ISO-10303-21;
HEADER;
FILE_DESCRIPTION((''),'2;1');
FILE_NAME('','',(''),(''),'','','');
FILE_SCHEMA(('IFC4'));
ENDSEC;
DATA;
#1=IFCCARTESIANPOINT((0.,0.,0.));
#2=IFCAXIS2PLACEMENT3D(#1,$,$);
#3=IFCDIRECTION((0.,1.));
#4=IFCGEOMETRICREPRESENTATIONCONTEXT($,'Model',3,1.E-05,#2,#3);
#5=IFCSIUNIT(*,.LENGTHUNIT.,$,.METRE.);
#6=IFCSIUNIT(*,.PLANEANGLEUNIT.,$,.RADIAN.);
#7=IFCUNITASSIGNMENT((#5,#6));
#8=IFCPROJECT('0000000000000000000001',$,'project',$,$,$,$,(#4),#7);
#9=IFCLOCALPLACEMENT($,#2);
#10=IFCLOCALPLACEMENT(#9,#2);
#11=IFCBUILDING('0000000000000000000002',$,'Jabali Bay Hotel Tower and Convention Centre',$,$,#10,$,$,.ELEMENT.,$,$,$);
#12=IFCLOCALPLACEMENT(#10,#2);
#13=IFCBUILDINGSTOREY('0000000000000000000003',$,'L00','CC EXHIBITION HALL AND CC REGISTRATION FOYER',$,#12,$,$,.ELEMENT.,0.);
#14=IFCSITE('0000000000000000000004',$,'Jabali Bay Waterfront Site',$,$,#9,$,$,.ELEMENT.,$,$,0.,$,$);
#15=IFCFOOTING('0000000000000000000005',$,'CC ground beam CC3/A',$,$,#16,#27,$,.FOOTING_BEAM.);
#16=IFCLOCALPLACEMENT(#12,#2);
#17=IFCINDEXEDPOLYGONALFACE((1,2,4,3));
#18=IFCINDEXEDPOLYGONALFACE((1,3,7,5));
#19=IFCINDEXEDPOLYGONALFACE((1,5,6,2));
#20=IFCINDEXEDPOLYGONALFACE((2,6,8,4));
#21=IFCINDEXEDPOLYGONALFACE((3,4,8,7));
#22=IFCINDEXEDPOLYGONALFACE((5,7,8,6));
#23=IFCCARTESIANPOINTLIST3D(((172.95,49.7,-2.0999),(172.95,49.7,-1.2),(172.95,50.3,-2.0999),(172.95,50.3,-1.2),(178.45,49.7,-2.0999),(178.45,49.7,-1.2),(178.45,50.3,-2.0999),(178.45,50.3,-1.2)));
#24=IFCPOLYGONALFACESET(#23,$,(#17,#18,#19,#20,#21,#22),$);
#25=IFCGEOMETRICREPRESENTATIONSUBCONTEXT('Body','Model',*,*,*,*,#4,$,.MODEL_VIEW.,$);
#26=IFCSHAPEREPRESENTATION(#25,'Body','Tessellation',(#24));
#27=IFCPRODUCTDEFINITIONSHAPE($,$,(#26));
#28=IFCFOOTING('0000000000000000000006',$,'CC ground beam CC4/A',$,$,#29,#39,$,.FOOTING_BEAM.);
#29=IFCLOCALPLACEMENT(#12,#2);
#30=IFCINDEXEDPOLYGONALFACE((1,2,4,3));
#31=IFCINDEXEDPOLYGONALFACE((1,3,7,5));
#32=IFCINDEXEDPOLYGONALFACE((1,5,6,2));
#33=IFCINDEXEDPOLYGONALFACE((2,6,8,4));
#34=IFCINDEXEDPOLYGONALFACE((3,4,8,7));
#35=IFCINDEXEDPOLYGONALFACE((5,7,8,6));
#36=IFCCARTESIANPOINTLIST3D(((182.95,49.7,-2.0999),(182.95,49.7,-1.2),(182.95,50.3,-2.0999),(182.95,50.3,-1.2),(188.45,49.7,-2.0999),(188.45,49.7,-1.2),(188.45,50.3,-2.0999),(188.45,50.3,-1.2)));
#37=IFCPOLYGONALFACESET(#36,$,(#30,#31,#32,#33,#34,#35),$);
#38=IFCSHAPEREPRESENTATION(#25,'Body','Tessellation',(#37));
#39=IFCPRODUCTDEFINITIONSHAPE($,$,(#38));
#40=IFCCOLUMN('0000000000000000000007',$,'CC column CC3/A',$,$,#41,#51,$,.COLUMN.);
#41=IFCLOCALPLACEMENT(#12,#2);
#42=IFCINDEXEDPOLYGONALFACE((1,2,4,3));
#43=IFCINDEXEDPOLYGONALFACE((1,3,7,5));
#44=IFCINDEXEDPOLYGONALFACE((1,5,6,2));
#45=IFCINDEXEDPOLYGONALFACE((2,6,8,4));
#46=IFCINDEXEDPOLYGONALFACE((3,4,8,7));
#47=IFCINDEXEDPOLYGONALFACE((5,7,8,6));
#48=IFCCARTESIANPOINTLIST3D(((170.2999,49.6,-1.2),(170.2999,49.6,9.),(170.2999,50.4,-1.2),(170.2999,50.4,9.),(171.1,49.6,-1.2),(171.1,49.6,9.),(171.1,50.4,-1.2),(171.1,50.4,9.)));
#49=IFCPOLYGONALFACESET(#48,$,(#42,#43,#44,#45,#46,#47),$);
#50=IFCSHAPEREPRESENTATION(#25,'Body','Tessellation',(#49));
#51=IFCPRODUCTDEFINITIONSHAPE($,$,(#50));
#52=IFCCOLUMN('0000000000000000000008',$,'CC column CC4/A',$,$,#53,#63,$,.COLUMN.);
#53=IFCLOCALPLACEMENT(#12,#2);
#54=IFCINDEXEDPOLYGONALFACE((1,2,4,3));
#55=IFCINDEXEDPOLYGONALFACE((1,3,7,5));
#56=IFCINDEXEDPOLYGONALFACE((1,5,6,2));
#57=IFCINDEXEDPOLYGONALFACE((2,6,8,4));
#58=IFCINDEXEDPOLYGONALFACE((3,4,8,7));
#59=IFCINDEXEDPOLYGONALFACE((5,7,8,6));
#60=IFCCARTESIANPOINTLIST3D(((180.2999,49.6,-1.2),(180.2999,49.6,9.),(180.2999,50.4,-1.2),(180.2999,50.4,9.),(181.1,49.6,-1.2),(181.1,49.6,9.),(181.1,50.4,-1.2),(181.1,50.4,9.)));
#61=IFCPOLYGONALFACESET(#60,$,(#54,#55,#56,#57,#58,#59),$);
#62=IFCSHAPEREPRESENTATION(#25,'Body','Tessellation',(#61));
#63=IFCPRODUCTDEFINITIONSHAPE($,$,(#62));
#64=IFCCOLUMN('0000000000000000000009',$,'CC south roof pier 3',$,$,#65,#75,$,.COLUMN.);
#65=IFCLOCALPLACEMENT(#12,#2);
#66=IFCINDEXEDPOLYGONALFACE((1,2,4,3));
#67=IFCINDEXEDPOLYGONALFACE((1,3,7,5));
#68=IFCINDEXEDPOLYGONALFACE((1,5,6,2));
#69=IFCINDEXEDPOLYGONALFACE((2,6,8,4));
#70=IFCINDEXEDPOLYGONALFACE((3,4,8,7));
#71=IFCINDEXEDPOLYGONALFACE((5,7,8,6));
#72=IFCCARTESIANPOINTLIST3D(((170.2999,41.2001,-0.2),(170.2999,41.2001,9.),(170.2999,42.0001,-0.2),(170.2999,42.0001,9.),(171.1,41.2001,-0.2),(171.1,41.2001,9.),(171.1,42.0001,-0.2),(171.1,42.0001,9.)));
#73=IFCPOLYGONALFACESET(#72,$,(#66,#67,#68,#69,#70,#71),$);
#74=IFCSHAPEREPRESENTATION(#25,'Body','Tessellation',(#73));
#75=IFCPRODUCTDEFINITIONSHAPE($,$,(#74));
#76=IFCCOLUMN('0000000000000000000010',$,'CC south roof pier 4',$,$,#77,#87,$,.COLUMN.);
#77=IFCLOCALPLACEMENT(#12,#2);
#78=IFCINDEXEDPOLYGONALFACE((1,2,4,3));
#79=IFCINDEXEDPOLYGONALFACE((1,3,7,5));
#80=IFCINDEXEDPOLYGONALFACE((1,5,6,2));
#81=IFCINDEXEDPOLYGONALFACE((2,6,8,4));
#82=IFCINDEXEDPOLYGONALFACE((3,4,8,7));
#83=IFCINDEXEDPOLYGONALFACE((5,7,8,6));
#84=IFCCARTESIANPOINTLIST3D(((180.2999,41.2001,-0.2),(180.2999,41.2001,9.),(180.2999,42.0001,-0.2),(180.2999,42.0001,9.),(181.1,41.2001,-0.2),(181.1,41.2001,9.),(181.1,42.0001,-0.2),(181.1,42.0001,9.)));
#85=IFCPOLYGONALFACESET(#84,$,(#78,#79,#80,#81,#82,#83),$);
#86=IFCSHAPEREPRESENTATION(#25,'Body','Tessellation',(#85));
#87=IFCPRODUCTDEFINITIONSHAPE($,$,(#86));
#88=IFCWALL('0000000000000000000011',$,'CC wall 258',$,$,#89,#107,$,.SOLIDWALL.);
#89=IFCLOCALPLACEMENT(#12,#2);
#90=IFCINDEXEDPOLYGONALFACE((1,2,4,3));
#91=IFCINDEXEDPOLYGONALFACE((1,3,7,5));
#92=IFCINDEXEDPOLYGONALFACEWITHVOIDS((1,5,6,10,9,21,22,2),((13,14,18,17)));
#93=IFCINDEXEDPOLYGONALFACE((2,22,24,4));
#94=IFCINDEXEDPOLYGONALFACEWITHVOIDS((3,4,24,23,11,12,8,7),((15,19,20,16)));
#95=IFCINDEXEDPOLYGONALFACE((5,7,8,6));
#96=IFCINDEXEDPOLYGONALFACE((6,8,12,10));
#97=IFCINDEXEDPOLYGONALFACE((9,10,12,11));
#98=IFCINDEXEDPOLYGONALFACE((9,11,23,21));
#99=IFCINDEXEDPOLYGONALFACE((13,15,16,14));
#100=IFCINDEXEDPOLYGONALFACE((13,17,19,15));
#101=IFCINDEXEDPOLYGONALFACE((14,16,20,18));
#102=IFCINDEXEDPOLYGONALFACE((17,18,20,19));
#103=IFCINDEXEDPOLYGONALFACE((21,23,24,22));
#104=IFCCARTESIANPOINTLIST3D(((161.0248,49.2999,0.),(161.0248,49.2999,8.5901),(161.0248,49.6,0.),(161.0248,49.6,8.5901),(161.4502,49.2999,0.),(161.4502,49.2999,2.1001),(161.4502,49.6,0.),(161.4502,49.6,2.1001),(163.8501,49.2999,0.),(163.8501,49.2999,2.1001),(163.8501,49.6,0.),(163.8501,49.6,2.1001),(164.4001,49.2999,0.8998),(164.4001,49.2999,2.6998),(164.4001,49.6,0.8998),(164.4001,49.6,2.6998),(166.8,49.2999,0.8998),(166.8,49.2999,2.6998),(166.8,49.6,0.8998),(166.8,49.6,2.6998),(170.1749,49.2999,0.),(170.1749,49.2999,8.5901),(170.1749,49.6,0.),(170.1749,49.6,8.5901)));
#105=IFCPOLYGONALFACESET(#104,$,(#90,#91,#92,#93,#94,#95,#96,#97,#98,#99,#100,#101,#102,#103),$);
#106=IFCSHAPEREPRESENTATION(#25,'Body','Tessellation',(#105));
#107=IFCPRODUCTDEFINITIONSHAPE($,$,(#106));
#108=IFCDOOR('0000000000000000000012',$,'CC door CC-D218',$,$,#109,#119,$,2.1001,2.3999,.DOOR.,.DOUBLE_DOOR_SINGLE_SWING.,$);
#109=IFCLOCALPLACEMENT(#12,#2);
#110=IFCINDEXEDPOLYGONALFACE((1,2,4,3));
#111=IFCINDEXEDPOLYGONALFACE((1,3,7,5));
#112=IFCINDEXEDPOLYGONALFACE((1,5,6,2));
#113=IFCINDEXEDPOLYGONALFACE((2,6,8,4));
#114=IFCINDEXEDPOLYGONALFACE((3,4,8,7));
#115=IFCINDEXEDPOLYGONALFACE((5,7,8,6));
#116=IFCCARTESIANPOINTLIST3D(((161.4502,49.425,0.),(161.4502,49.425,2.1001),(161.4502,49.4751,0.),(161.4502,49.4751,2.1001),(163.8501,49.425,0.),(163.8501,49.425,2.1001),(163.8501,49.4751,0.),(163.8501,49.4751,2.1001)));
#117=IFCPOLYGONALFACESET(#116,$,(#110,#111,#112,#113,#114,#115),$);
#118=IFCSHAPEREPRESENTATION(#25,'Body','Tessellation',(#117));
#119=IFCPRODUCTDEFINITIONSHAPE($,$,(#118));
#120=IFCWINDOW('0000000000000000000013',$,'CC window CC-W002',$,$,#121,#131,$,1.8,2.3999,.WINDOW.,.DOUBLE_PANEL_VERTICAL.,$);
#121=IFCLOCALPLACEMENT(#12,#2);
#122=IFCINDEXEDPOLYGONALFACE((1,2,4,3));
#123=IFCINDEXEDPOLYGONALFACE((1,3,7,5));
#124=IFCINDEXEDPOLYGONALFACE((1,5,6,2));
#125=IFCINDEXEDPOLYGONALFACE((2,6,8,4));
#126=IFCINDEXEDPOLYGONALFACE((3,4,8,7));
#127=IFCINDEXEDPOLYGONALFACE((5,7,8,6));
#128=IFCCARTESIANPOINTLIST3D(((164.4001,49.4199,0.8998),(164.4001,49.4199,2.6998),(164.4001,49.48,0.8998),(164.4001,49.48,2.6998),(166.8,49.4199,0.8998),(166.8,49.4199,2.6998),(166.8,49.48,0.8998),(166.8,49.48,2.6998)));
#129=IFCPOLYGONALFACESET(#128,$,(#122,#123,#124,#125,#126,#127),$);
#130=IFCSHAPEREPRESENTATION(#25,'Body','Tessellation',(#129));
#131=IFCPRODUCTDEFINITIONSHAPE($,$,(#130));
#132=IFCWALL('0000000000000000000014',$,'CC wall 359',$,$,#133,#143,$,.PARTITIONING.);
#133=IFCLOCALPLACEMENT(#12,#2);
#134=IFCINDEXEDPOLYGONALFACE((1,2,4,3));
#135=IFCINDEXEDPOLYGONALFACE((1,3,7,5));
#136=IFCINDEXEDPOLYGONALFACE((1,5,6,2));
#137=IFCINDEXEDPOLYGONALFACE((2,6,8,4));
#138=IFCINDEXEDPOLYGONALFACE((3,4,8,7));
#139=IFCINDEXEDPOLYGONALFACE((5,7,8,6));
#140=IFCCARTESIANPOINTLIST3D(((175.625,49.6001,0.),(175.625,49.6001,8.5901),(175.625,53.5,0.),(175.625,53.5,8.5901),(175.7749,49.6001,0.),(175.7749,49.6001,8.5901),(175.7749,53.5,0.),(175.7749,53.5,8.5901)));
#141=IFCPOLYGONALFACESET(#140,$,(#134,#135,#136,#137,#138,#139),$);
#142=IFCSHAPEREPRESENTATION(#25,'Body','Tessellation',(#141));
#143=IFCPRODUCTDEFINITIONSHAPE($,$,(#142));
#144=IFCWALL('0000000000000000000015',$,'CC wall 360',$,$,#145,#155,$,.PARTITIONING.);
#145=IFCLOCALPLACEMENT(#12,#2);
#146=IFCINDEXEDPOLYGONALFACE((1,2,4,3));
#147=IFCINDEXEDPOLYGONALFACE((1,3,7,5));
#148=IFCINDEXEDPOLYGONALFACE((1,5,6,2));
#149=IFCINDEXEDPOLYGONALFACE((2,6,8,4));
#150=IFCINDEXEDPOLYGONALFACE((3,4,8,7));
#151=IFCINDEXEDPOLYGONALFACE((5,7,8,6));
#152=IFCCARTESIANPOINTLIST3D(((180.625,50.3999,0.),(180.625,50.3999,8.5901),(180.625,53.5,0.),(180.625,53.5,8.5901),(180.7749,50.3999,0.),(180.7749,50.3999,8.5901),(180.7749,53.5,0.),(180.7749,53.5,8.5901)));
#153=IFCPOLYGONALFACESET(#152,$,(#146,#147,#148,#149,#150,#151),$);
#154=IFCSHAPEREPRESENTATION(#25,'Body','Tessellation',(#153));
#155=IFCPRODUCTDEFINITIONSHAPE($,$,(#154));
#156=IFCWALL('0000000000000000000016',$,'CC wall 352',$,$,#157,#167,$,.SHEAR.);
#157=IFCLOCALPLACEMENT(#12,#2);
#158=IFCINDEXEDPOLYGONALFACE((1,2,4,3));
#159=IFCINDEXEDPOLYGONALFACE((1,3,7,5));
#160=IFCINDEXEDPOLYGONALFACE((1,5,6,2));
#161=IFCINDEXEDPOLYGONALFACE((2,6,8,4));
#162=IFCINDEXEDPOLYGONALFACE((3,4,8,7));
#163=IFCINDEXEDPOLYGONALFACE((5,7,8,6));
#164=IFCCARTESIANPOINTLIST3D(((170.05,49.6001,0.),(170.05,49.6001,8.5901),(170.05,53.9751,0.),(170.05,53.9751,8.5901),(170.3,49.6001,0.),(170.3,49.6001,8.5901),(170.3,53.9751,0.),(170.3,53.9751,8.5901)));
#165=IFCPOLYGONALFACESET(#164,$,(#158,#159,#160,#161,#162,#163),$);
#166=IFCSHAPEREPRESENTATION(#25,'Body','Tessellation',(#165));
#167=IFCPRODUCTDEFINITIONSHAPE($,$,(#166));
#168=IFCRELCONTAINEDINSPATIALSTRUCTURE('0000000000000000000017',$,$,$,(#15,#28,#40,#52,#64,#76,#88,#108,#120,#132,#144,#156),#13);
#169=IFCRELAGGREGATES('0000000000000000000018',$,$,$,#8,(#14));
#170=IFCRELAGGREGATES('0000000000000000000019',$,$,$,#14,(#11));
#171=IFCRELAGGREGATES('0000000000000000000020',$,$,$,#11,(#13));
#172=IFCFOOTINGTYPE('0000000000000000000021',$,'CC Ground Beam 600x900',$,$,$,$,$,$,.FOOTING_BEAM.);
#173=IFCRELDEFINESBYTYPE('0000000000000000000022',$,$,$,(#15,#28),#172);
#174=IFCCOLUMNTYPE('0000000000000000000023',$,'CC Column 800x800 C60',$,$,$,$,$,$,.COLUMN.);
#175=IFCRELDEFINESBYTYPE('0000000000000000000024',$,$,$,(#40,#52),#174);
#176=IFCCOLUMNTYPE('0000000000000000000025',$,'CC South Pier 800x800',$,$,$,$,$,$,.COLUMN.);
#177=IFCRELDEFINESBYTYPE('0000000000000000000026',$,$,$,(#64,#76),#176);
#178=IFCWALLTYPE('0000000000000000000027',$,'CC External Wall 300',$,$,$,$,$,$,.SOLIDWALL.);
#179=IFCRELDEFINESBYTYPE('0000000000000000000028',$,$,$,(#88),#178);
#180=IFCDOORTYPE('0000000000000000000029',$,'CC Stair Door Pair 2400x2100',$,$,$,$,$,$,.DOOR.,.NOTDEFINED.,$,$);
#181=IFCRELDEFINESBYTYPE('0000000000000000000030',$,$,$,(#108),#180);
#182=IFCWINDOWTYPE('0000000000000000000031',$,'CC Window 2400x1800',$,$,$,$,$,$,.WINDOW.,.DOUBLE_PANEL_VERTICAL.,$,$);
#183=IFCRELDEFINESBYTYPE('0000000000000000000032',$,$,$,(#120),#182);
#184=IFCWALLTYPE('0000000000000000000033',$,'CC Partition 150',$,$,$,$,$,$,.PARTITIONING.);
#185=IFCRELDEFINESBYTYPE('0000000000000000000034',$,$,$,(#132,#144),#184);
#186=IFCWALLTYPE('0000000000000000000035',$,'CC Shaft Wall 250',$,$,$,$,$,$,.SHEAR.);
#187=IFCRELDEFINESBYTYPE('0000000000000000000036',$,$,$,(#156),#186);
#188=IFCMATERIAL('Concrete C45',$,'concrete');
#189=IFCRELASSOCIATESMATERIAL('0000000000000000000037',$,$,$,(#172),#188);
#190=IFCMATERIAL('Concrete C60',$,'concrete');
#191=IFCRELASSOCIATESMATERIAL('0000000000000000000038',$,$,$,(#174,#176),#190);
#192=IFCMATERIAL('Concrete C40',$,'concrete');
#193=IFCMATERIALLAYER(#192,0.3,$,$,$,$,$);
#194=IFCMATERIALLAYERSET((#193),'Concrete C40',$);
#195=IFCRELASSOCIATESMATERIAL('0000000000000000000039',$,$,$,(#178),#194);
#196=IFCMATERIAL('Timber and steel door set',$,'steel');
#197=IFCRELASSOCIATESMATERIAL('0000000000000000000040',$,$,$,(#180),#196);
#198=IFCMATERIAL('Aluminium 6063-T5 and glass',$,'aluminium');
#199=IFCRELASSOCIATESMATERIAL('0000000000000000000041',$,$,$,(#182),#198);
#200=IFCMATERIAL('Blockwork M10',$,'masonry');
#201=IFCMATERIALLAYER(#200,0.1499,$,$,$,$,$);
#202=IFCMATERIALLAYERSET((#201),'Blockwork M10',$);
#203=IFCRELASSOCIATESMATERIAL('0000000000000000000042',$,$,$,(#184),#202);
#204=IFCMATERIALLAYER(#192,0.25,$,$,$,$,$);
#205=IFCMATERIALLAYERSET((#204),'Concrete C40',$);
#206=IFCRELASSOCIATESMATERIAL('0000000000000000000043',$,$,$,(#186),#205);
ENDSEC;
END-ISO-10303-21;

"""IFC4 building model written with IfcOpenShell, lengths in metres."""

from ifc_helpers import new_model, si_unit, direction, frame, frame_2d, origin, origin_2d, place, context, subcontext, project, spatial, rectangle, extrude, material, layer, layer_set, material_profile, profile_set, type_object, element, fill, save


model = new_model("IFC4")

# Units and contexts
model_context = context("Model", 3, precision=1e-05, world=origin(), true_north=direction((0.0, 1.0)))
body_context = subcontext(model_context, "Body", "Model", "MODEL_VIEW")
ifc_project = project(units=[si_unit("LENGTHUNIT", "METRE"), si_unit("PLANEANGLEUNIT", "RADIAN")], contexts=[model_context])

# Site, building, storey
site_placement = place(None, origin())
site = spatial("IfcSite", under=ifc_project, at=site_placement, Name="Jabali Bay Waterfront Site", CompositionType="ELEMENT", RefElevation=0.0)
building_placement = place(site_placement, origin())
building = spatial("IfcBuilding", under=site, at=building_placement, Name="Jabali Bay Hotel Tower and Convention Centre", CompositionType="ELEMENT")
storey_placement = place(building_placement, origin())
storey = spatial("IfcBuildingStorey", under=building, at=storey_placement, Name="L00", Description="CC EXHIBITION HALL AND CC REGISTRATION FOYER", CompositionType="ELEMENT", Elevation=0.0)

# Shared definitions
ifc_material_1 = material(Name="Concrete C45", Category="concrete")

# Footings
ifc_material_profile_1 = material_profile(ifc_material_1, rectangle(XDim=0.6001, YDim=0.8999, at=origin_2d()), Name="RC 600x900")
ifc_profile_set_1 = profile_set([ifc_material_profile_1], Name="Concrete C45")
footing_type = type_object("IfcFootingType", Name="CC Ground Beam 600x900", PredefinedType="FOOTING_BEAM", material=ifc_profile_set_1)
for number, where, z_axis, x_axis, name in (
    (1, (172.95, 50.0, -1.6499), (1.0, 0.0, 0.0), (0.0, 1.0, 0.0), "CC ground beam CC3/A"),
    (2, (182.95, 50.0, -1.6499), (1.0, 0.0, 0.0), (0.0, 1.0, 0.0), "CC ground beam CC4/A"),
):
    element("IfcFooting", number, at=place(storey_placement, frame(where, z_axis=z_axis, x_axis=x_axis)), inside=storey, type_object=footing_type, Name=name, PredefinedType="FOOTING_BEAM", context=body_context, shape_type="SweptSolid", body=[
        extrude(rectangle(XDim=0.6001, YDim=0.8999, at=origin_2d()), origin(), (0.0, 0.0, 1.0), 5.5),
    ])

# Columns
ifc_material_2 = material(Name="Concrete C60", Category="concrete")
ifc_material_profile_2 = material_profile(ifc_material_2, rectangle(XDim=0.8, YDim=0.8, at=origin_2d()), Name="RC 800x800")
ifc_profile_set_2 = profile_set([ifc_material_profile_2], Name="Concrete C60")
column_type_1 = type_object("IfcColumnType", Name="CC Column 800x800 C60", PredefinedType="COLUMN", material=ifc_profile_set_2)
for number, where, z_axis, x_axis, name in (
    (3, (170.7, 50.0, -1.2), (0.0, 0.0, 1.0), (1.0, 0.0, 0.0), "CC column CC3/A"),
    (4, (180.7, 50.0, -1.2), (0.0, 0.0, 1.0), (1.0, 0.0, 0.0), "CC column CC4/A"),
):
    element("IfcColumn", number, at=place(storey_placement, frame(where, z_axis=z_axis, x_axis=x_axis)), inside=storey, type_object=column_type_1, Name=name, PredefinedType="COLUMN", context=body_context, shape_type="SweptSolid", body=[
        extrude(rectangle(XDim=0.8, YDim=0.8, at=origin_2d()), origin(), (0.0, 0.0, 1.0), 10.2),
    ])
ifc_material_profile_3 = material_profile(ifc_material_2, rectangle(XDim=0.8, YDim=0.8, at=origin_2d()), Name="RC 800x800")
ifc_profile_set_3 = profile_set([ifc_material_profile_3], Name="Concrete C60")
column_type_2 = type_object("IfcColumnType", Name="CC South Pier 800x800", PredefinedType="COLUMN", material=ifc_profile_set_3)
for number, where, z_axis, x_axis, name in (
    (5, (170.7, 41.6001, -0.2), (0.0, 0.0, 1.0), (1.0, 0.0, 0.0), "CC south roof pier 3"),
    (6, (180.7, 41.6001, -0.2), (0.0, 0.0, 1.0), (1.0, 0.0, 0.0), "CC south roof pier 4"),
):
    element("IfcColumn", number, at=place(storey_placement, frame(where, z_axis=z_axis, x_axis=x_axis)), inside=storey, type_object=column_type_2, Name=name, PredefinedType="COLUMN", context=body_context, shape_type="SweptSolid", body=[
        extrude(rectangle(XDim=0.8, YDim=0.8, at=origin_2d()), origin(), (0.0, 0.0, 1.0), 9.2),
    ])

# Wall, openings, door, window
ifc_material_3 = material(Name="Concrete C40", Category="concrete")
ifc_layer_1 = layer(ifc_material_3, 0.3)
ifc_layer_set_1 = layer_set([ifc_layer_1], Name="Concrete C40")
wall_type_1 = type_object("IfcWallType", Name="CC External Wall 300", PredefinedType="SOLIDWALL", material=ifc_layer_set_1)
wall_1_placement = place(storey_placement, frame((170.175, 49.45, 0.0), z_axis=(0.0, 0.0, 1.0), x_axis=(-1.0, 0.0, 0.0)))
wall_1 = element("IfcWall", 7, at=wall_1_placement, inside=storey, type_object=wall_type_1, Name="CC wall 258", PredefinedType="SOLIDWALL", context=body_context, shape_type="SweptSolid", body=[
    extrude(rectangle(XDim=9.1501, YDim=0.3, at=frame_2d((4.5752, 0.0))), origin(), (0.0, 0.0, 1.0), 8.5901),
])
opening_1_placement = place(wall_1_placement, frame((6.325, 0.0, 0.0)))
opening_1 = element("IfcOpeningElement", 8, at=opening_1_placement, cuts=wall_1, PredefinedType="OPENING", context=body_context, shape_type="SweptSolid", body=[
    extrude(rectangle(XDim=2.3999, YDim=2.1001, at=frame_2d((1.2, 1.05))), frame((0.0, 0.1606, 0.0), z_axis=(0.0, -1.0, 0.0), x_axis=(1.0, 0.0, 0.0)), (0.0, 0.0, 1.0), 0.321),
])
opening_2_placement = place(wall_1_placement, frame((3.375, 0.0, 0.8999)))
opening_2 = element("IfcOpeningElement", 9, at=opening_2_placement, cuts=wall_1, PredefinedType="OPENING", context=body_context, shape_type="SweptSolid", body=[
    extrude(rectangle(XDim=2.3999, YDim=1.8, at=frame_2d((1.2, 0.8999))), frame((0.0, 0.1606, 0.0), z_axis=(0.0, -1.0, 0.0), x_axis=(1.0, 0.0, 0.0)), (0.0, 0.0, 1.0), 0.321),
])
ifc_material_4 = material(Name="Timber and steel door set", Category="steel")
door_type = type_object("IfcDoorType", Name="CC Stair Door Pair 2400x2100", OperationType="NOTDEFINED", PredefinedType="DOOR", material=ifc_material_4)
door_placement = place(opening_1_placement, origin())
door = element("IfcDoor", 10, at=door_placement, inside=storey, type_object=door_type, Name="CC door CC-D218", OperationType="DOUBLE_DOOR_SINGLE_SWING", OverallHeight=2.1001, OverallWidth=2.3999, PredefinedType="DOOR", context=body_context, shape_type="SweptSolid", body=[
    extrude(rectangle(XDim=2.3999, YDim=2.1001, at=frame_2d((1.2, 1.05))), frame((0.0, 0.0249, 0.0), z_axis=(0.0, -1.0, 0.0), x_axis=(1.0, 0.0, 0.0)), (0.0, 0.0, 1.0), 0.05),
])
fill(opening_1, door)
ifc_material_5 = material(Name="Aluminium 6063-T5 and glass", Category="aluminium")
window_type = type_object("IfcWindowType", Name="CC Window 2400x1800", PartitioningType="DOUBLE_PANEL_VERTICAL", PredefinedType="WINDOW", material=ifc_material_5)
window_placement = place(opening_2_placement, origin())
window = element("IfcWindow", 11, at=window_placement, inside=storey, type_object=window_type, Name="CC window CC-W002", OverallHeight=1.8, OverallWidth=2.3999, PartitioningType="DOUBLE_PANEL_VERTICAL", PredefinedType="WINDOW", context=body_context, shape_type="SweptSolid", body=[
    extrude(rectangle(XDim=2.3999, YDim=1.8, at=frame_2d((1.2, 0.8999))), frame((0.0, 0.03, 0.0), z_axis=(0.0, -1.0, 0.0), x_axis=(1.0, 0.0, 0.0)), (0.0, 0.0, 1.0), 0.0601),
])
fill(opening_2, window)

# Walls
ifc_material_6 = material(Name="Blockwork M10", Category="masonry")
ifc_layer_2 = layer(ifc_material_6, 0.1499)
ifc_layer_set_2 = layer_set([ifc_layer_2], Name="Blockwork M10")
wall_type_2 = type_object("IfcWallType", Name="CC Partition 150", PredefinedType="PARTITIONING", material=ifc_layer_set_2)
wall_2_placement = place(storey_placement, frame((175.7, 49.6001, 0.0), z_axis=(0.0, 0.0, 1.0), x_axis=(0.0, 1.0, 0.0)))
element("IfcWall", 12, at=wall_2_placement, inside=storey, type_object=wall_type_2, Name="CC wall 359", PredefinedType="PARTITIONING", context=body_context, shape_type="SweptSolid", body=[
    extrude(rectangle(XDim=3.8999, YDim=0.1499, at=frame_2d((1.95, 0.0))), origin(), (0.0, 0.0, 1.0), 8.5901),
])
wall_3_placement = place(storey_placement, frame((180.7, 50.3999, 0.0), z_axis=(0.0, 0.0, 1.0), x_axis=(0.0, 1.0, 0.0)))
element("IfcWall", 13, at=wall_3_placement, inside=storey, type_object=wall_type_2, Name="CC wall 360", PredefinedType="PARTITIONING", context=body_context, shape_type="SweptSolid", body=[
    extrude(rectangle(XDim=3.1001, YDim=0.1499, at=frame_2d((1.55, 0.0))), origin(), (0.0, 0.0, 1.0), 8.5901),
])
ifc_layer_3 = layer(ifc_material_3, 0.25)
ifc_layer_set_3 = layer_set([ifc_layer_3], Name="Concrete C40")
wall_type_3 = type_object("IfcWallType", Name="CC Shaft Wall 250", PredefinedType="SHEAR", material=ifc_layer_set_3)
wall_4_placement = place(storey_placement, frame((170.175, 49.6001, 0.0), z_axis=(0.0, 0.0, 1.0), x_axis=(0.0, 1.0, 0.0)))
element("IfcWall", 14, at=wall_4_placement, inside=storey, type_object=wall_type_3, Name="CC wall 352", PredefinedType="SHEAR", context=body_context, shape_type="SweptSolid", body=[
    extrude(rectangle(XDim=4.375, YDim=0.25, at=frame_2d((2.1875, 0.0))), origin(), (0.0, 0.0, 1.0), 8.5901),
])

save(model, "model.ifc")
